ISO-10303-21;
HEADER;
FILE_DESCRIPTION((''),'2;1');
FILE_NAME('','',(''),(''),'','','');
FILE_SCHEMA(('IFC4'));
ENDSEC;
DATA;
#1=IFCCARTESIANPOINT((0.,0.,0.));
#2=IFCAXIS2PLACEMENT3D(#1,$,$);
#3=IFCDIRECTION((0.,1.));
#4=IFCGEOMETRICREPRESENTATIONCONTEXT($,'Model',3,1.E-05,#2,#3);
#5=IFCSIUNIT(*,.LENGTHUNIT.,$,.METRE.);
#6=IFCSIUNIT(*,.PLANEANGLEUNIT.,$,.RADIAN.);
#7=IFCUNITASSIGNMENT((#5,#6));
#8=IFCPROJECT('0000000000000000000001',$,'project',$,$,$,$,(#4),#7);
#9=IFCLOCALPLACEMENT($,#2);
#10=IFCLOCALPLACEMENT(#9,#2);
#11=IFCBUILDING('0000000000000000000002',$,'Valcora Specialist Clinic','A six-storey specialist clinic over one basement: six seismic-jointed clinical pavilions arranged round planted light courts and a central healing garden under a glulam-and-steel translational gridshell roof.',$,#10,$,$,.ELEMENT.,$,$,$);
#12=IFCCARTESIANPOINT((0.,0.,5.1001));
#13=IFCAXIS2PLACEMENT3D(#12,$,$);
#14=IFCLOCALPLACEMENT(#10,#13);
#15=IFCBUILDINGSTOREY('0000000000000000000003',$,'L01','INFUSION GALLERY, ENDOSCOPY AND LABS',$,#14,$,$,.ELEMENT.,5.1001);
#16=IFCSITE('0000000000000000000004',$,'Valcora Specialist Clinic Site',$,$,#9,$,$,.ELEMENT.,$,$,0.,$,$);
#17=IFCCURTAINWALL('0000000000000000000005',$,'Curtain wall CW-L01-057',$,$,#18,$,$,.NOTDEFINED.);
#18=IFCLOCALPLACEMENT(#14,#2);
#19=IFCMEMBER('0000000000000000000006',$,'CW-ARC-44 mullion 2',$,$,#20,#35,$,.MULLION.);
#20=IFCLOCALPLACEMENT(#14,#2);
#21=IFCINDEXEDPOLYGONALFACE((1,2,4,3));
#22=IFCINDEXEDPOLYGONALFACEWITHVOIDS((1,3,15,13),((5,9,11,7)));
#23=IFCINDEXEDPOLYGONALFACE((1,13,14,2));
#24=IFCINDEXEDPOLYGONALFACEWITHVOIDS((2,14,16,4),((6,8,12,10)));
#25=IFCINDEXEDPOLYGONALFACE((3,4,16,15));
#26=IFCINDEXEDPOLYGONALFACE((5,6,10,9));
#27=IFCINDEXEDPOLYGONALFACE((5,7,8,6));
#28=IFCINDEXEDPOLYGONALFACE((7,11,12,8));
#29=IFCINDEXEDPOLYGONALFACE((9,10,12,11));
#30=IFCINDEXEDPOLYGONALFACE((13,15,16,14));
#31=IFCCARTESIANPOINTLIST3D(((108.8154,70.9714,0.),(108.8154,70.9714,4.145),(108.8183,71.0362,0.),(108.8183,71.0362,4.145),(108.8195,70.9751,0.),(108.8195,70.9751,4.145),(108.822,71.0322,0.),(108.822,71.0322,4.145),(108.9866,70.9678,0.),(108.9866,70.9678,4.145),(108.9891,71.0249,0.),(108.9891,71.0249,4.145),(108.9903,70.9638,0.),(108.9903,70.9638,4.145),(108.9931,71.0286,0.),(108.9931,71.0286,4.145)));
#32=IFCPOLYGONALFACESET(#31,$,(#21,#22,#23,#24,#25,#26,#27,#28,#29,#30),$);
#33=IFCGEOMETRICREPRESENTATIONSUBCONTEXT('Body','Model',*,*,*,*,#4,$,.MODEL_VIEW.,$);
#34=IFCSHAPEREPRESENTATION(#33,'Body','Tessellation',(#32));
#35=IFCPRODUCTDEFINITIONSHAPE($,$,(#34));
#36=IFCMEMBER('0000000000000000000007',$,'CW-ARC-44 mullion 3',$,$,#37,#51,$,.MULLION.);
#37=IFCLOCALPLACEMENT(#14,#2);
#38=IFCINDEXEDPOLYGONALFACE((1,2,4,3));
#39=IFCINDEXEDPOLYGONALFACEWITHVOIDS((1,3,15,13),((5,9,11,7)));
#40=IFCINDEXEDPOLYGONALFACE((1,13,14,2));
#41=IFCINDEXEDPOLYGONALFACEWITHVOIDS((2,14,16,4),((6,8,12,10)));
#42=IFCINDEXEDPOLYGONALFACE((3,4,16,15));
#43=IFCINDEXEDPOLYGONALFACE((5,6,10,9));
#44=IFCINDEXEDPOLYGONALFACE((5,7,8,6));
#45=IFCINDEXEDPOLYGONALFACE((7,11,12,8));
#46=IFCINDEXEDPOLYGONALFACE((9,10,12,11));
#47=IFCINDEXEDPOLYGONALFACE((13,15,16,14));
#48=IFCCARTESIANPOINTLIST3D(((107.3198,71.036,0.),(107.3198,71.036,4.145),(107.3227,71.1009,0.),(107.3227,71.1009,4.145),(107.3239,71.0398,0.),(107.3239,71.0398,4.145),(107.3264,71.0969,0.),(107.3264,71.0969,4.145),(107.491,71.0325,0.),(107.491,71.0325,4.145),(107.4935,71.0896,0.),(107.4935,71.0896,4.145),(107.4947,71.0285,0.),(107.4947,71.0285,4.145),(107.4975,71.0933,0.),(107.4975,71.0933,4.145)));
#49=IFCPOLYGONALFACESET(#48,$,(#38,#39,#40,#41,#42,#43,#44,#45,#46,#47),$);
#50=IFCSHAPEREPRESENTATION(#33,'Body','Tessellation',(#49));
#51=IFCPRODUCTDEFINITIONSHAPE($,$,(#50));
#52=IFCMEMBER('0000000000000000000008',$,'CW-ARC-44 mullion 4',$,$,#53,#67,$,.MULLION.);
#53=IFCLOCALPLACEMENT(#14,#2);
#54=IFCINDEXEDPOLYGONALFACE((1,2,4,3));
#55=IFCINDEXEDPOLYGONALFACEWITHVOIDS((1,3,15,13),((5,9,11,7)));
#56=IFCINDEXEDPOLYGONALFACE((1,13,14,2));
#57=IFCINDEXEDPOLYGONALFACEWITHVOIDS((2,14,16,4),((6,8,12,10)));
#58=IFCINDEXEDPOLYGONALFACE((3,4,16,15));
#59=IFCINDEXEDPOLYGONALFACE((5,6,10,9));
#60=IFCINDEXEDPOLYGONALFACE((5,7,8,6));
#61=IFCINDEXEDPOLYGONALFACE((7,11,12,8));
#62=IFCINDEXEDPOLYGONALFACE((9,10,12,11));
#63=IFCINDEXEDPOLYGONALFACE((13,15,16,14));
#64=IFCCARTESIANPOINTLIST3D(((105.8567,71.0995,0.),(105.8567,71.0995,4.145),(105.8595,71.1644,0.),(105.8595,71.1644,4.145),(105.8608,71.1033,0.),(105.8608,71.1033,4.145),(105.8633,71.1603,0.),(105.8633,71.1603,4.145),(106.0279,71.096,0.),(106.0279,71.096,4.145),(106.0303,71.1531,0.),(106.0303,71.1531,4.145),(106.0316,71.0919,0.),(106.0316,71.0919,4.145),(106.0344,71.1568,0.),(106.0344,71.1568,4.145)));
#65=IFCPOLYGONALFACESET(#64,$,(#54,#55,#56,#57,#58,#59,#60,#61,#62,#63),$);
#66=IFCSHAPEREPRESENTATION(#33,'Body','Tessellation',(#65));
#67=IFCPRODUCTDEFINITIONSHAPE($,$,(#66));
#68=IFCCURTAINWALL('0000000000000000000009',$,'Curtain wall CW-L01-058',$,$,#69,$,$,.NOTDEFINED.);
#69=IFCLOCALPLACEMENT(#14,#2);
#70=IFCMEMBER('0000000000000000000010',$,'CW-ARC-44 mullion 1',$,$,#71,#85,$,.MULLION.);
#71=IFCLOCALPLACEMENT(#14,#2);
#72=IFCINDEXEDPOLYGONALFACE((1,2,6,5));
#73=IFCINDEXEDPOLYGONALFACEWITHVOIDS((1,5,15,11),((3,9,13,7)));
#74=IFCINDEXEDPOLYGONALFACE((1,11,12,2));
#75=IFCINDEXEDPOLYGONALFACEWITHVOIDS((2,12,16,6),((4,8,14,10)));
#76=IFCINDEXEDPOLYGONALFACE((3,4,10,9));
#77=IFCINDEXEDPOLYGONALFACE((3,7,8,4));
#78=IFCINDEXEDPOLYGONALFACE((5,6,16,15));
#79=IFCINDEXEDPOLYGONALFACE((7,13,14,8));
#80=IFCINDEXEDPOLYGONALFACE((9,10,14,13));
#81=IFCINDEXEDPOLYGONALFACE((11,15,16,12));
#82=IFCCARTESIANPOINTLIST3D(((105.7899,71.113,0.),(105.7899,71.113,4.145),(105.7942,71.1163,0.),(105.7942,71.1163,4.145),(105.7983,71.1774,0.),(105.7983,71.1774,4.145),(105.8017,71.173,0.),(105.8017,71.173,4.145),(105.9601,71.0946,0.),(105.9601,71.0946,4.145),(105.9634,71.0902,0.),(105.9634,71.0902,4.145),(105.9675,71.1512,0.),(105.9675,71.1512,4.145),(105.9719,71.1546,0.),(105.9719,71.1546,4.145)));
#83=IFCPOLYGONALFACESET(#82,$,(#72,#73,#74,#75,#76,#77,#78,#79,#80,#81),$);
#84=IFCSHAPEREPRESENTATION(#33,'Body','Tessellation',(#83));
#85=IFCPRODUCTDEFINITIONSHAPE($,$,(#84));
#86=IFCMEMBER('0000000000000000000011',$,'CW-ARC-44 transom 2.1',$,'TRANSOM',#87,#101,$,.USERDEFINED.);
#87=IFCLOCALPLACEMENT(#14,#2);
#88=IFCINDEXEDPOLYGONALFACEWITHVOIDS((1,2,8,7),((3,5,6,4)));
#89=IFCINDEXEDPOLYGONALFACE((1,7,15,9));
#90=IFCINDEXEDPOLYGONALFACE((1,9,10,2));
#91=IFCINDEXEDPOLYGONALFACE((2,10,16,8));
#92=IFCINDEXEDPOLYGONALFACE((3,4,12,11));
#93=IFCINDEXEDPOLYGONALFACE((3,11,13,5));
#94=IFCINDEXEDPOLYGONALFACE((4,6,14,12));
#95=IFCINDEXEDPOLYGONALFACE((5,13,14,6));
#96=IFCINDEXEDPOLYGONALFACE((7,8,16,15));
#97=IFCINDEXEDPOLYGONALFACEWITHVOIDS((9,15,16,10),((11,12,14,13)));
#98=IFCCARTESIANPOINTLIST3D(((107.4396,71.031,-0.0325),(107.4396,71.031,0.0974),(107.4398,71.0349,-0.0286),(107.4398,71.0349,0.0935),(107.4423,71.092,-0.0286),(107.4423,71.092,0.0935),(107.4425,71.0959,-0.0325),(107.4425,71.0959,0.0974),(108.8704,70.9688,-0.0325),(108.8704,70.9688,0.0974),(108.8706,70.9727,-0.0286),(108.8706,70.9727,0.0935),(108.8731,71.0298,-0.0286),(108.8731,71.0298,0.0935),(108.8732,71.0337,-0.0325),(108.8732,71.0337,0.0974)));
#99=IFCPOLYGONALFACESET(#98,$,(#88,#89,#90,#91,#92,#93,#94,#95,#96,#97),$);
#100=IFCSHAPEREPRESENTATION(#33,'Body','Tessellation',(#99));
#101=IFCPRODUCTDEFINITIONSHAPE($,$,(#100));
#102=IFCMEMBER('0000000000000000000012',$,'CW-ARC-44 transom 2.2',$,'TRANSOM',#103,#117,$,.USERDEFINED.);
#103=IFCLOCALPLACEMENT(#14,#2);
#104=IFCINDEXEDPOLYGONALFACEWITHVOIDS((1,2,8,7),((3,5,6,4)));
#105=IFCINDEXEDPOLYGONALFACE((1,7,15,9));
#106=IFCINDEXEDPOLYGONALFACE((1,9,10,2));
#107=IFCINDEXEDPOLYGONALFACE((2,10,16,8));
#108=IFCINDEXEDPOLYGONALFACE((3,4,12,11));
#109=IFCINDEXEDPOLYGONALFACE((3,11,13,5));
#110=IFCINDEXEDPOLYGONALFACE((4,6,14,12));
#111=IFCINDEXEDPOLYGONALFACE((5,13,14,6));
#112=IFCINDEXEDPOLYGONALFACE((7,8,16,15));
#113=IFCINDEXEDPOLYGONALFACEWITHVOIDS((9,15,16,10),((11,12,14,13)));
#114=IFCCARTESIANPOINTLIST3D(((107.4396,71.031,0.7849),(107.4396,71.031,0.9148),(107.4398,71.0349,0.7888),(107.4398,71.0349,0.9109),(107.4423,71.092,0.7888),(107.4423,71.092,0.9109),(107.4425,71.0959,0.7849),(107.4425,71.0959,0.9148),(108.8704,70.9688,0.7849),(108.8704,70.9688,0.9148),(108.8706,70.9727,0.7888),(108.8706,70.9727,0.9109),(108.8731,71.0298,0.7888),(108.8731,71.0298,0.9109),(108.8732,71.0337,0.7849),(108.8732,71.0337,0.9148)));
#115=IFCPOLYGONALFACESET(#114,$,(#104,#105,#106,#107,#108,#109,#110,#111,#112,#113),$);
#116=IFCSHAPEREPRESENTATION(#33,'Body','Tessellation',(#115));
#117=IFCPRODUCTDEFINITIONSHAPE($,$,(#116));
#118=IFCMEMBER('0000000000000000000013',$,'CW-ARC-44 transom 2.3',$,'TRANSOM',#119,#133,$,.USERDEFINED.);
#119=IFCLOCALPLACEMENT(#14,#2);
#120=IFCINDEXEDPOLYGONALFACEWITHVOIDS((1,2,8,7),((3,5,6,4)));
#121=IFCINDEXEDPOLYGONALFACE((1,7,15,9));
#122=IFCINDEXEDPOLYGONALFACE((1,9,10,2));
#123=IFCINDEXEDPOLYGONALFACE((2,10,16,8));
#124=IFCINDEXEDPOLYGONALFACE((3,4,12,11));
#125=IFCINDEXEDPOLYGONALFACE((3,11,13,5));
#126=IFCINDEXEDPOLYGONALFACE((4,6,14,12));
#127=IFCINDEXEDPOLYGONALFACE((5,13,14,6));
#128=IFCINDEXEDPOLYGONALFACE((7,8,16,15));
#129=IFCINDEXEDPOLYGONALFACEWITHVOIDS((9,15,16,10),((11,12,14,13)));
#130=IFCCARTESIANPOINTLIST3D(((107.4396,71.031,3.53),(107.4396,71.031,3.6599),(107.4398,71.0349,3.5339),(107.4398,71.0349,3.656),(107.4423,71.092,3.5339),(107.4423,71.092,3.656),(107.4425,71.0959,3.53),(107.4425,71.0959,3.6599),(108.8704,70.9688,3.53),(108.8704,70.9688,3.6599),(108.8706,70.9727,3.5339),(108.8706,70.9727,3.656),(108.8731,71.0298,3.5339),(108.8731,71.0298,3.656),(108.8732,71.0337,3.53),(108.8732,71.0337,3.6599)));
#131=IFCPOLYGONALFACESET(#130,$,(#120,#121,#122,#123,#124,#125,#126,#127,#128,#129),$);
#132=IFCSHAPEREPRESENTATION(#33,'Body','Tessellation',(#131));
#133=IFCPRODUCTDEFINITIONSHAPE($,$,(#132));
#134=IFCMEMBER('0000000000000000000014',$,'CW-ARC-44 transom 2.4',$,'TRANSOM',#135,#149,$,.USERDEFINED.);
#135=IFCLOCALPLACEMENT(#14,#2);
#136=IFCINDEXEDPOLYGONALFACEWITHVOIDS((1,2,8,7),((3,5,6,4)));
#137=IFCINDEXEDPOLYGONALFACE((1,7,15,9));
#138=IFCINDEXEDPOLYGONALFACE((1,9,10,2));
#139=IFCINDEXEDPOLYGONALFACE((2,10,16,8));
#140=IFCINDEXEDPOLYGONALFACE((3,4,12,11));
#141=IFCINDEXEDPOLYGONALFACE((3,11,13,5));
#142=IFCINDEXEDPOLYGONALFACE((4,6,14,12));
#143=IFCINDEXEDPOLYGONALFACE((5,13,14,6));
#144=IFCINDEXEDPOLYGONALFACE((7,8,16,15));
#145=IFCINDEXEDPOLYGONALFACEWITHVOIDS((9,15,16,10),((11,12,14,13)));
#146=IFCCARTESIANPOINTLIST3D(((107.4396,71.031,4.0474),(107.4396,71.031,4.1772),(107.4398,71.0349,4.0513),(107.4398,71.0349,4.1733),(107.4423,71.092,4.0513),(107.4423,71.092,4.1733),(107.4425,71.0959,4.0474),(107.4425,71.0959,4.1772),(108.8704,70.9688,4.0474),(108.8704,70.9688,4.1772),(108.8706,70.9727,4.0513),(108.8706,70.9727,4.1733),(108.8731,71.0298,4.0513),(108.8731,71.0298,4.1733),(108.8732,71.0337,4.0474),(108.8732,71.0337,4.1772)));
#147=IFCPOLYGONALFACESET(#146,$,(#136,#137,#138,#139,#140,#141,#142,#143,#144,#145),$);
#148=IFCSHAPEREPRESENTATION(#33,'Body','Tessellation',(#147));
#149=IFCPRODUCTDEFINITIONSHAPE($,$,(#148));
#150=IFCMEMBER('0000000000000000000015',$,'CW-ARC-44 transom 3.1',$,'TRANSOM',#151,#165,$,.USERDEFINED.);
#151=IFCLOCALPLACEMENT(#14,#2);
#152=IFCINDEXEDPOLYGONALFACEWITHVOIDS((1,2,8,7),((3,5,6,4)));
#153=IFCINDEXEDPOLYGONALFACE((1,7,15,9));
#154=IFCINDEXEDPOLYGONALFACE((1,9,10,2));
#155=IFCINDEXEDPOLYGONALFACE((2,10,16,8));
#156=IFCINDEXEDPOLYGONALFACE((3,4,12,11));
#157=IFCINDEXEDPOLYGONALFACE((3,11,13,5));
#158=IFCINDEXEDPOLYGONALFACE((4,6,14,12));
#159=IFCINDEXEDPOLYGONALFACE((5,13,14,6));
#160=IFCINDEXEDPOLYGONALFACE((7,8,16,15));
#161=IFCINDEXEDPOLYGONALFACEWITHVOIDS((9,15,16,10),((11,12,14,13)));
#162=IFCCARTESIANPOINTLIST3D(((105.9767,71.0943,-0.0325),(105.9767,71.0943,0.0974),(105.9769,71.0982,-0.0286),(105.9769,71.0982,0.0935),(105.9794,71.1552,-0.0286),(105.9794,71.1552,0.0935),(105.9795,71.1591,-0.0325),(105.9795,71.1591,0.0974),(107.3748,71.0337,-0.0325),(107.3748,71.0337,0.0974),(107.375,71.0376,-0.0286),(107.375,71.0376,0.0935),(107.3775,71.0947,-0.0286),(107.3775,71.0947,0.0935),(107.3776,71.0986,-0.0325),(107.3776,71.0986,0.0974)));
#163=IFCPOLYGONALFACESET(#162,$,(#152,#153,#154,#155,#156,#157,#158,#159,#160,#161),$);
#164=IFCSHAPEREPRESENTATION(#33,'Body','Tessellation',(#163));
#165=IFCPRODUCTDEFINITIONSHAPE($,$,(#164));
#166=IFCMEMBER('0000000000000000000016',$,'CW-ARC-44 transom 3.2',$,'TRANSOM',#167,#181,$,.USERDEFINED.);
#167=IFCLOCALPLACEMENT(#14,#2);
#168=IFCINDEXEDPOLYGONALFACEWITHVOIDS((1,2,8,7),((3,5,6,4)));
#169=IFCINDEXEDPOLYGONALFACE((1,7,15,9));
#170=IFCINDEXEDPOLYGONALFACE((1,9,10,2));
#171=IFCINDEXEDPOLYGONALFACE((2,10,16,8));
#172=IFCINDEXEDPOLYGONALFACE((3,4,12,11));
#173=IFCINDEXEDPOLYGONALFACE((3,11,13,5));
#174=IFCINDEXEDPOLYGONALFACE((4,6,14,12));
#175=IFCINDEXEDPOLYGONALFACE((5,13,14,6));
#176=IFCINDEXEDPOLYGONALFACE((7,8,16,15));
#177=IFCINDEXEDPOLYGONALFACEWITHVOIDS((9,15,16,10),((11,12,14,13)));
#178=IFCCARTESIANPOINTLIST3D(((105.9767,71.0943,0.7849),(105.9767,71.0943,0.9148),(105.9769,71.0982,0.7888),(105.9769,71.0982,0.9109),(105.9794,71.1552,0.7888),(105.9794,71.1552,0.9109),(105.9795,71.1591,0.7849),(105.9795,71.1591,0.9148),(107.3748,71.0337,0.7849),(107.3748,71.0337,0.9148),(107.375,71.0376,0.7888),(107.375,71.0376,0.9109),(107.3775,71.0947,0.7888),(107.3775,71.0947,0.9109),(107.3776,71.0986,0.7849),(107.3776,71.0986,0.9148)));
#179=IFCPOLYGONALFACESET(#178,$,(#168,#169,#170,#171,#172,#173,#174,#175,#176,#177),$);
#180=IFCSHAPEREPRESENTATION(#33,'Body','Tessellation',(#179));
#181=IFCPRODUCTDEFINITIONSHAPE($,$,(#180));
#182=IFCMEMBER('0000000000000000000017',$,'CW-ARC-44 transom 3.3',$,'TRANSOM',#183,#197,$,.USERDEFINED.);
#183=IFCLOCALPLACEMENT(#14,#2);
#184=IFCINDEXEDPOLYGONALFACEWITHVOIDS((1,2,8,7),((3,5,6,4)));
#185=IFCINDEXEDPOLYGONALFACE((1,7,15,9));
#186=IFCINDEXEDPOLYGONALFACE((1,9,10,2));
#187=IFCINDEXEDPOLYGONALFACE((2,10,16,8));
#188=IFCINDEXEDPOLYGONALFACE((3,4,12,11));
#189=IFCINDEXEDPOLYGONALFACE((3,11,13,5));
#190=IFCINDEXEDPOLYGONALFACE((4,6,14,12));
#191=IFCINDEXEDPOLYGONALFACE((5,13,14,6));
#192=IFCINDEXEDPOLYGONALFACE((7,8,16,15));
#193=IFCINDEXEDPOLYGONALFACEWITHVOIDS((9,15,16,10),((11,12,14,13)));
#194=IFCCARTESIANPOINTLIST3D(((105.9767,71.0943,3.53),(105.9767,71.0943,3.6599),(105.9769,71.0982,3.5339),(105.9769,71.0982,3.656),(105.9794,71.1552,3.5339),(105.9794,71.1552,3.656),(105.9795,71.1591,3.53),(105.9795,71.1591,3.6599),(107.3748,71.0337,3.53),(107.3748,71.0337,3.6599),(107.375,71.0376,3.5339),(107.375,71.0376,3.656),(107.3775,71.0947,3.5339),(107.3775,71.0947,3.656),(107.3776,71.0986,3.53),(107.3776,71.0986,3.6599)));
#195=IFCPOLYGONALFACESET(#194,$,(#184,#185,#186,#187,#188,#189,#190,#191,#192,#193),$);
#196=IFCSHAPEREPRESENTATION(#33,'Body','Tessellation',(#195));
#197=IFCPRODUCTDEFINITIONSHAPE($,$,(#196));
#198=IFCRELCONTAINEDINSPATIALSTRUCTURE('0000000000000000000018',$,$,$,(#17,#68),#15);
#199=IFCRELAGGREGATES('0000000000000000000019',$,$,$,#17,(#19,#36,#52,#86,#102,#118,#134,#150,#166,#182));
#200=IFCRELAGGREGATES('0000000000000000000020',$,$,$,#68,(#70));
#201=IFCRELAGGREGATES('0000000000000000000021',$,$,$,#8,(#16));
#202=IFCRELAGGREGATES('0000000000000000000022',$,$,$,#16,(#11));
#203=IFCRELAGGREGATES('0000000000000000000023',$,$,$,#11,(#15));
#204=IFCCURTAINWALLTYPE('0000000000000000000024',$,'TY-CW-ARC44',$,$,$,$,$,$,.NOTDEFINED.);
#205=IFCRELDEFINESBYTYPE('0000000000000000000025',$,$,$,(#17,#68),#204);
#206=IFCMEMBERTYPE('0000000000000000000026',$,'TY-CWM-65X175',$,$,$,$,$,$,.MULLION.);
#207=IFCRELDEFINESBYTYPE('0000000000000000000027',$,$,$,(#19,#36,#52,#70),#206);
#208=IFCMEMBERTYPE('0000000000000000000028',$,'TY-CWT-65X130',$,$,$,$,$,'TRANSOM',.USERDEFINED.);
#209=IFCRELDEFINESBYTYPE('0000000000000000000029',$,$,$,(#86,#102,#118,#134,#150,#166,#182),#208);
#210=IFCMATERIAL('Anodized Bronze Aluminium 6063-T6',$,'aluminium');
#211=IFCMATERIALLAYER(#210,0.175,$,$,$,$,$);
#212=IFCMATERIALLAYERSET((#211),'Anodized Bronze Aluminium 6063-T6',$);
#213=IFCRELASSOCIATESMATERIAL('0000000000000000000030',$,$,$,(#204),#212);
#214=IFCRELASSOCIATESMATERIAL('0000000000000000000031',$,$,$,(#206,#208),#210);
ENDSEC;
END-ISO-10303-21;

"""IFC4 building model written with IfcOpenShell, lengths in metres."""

from ifc_helpers import new_model, si_unit, direction, frame, origin, origin_2d, place, context, subcontext, project, spatial, hollow_rectangle, extrude, material, layer, layer_set, material_profile, profile_set, type_object, element, aggregate, save


model = new_model("IFC4")

# Units and contexts
model_context = context("Model", 3, precision=1e-05, world=origin(), true_north=direction((0.0, 1.0)))
body_context = subcontext(model_context, "Body", "Model", "MODEL_VIEW")
ifc_project = project(units=[si_unit("LENGTHUNIT", "METRE"), si_unit("PLANEANGLEUNIT", "RADIAN")], contexts=[model_context])

# Site, building, storey
site_placement = place(None, origin())
site = spatial("IfcSite", under=ifc_project, at=site_placement, Name="Valcora Specialist Clinic Site", CompositionType="ELEMENT", RefElevation=0.0)
building_placement = place(site_placement, origin())
building = spatial("IfcBuilding", under=site, at=building_placement, Name="Valcora Specialist Clinic", Description="A six-storey specialist clinic over one basement: six seismic-jointed clinical pavilions arranged round planted light courts and a central healing garden under a glulam-and-steel translational gridshell roof.", CompositionType="ELEMENT")
storey_placement = place(building_placement, frame((0.0, 0.0, 5.1001)))
storey = spatial("IfcBuildingStorey", under=building, at=storey_placement, Name="L01", Description="INFUSION GALLERY, ENDOSCOPY AND LABS", CompositionType="ELEMENT", Elevation=5.1001)

# Curtain wall, members
ifc_material_1 = material(Name="Anodized Bronze Aluminium 6063-T6", Category="aluminium")
ifc_layer_1 = layer(ifc_material_1, 0.175)
ifc_layer_set_1 = layer_set([ifc_layer_1], Name="Anodized Bronze Aluminium 6063-T6")
curtain_wall_type = type_object("IfcCurtainWallType", Name="TY-CW-ARC44", PredefinedType="NOTDEFINED", material=ifc_layer_set_1)
curtain_wall_1_placement = place(storey_placement, origin())
curtain_wall_1 = element("IfcCurtainWall", 1, at=curtain_wall_1_placement, inside=storey, type_object=curtain_wall_type, Name="Curtain wall CW-L01-057", PredefinedType="NOTDEFINED")
ifc_material_profile_1 = material_profile(ifc_material_1, hollow_rectangle(XDim=0.0649, YDim=0.175, WallThickness=0.0039, at=origin_2d()), Name="AL-MUL-65X175")
ifc_profile_set_1 = profile_set([ifc_material_profile_1], Name="Anodized Bronze Aluminium 6063-T6")
member_type_1 = type_object("IfcMemberType", Name="TY-CWM-65X175", PredefinedType="MULLION", material=ifc_profile_set_1)
member_1_placement = place(storey_placement, frame((108.9043, 71.0, 0.0), z_axis=(0.0, 0.0, 1.0), x_axis=(-0.043307, -0.999062, 0.0)))
member_1 = element("IfcMember", 2, at=member_1_placement, type_object=member_type_1, Name="CW-ARC-44 mullion 2", PredefinedType="MULLION", context=body_context, shape_type="SweptSolid", body=[
    extrude(hollow_rectangle(XDim=0.0649, YDim=0.175, WallThickness=0.0039, at=origin_2d()), origin(), (0.0, 0.0, 1.0), 4.145),
])
member_2_placement = place(storey_placement, frame((107.4087, 71.0647, 0.0), z_axis=(0.0, 0.0, 1.0), x_axis=(-0.043307, -0.999062, 0.0)))
member_2 = element("IfcMember", 3, at=member_2_placement, type_object=member_type_1, Name="CW-ARC-44 mullion 3", PredefinedType="MULLION", context=body_context, shape_type="SweptSolid", body=[
    extrude(hollow_rectangle(XDim=0.0649, YDim=0.175, WallThickness=0.0039, at=origin_2d()), origin(), (0.0, 0.0, 1.0), 4.145),
])
member_3_placement = place(storey_placement, frame((105.9456, 71.1282, 0.0), z_axis=(0.0, 0.0, 1.0), x_axis=(-0.043307, -0.999062, 0.0)))
member_3 = element("IfcMember", 4, at=member_3_placement, type_object=member_type_1, Name="CW-ARC-44 mullion 4", PredefinedType="MULLION", context=body_context, shape_type="SweptSolid", body=[
    extrude(hollow_rectangle(XDim=0.0649, YDim=0.175, WallThickness=0.0039, at=origin_2d()), origin(), (0.0, 0.0, 1.0), 4.145),
])

# Curtain wall, member
curtain_wall_2_placement = place(storey_placement, origin())
curtain_wall_2 = element("IfcCurtainWall", 5, at=curtain_wall_2_placement, inside=storey, type_object=curtain_wall_type, Name="Curtain wall CW-L01-058", PredefinedType="NOTDEFINED")
member_4_placement = place(storey_placement, frame((105.8809, 71.1338, 0.0), z_axis=(0.0, 0.0, 1.0), x_axis=(-0.129999, -0.991514, 0.0)))
member_4 = element("IfcMember", 6, at=member_4_placement, type_object=member_type_1, Name="CW-ARC-44 mullion 1", PredefinedType="MULLION", context=body_context, shape_type="SweptSolid", body=[
    extrude(hollow_rectangle(XDim=0.0649, YDim=0.175, WallThickness=0.0039, at=origin_2d()), origin(), (0.0, 0.0, 1.0), 4.145),
])

# Members
ifc_material_profile_2 = material_profile(ifc_material_1, hollow_rectangle(XDim=0.0649, YDim=0.1299, WallThickness=0.0039, at=origin_2d()), Name="AL-TRN-65X130")
ifc_profile_set_2 = profile_set([ifc_material_profile_2], Name="Anodized Bronze Aluminium 6063-T6")
member_type_2 = type_object("IfcMemberType", Name="TY-CWT-65X130", ElementType="TRANSOM", PredefinedType="USERDEFINED", material=ifc_profile_set_2)
member_5_placement = place(storey_placement, frame((108.8718, 71.0012, 0.0325), z_axis=(-0.999055, 0.043474, 0.0), x_axis=(-0.043474, -0.999055, 0.0)))
member_5 = element("IfcMember", 7, at=member_5_placement, type_object=member_type_2, Name="CW-ARC-44 transom 2.1", ObjectType="TRANSOM", PredefinedType="USERDEFINED", context=body_context, shape_type="SweptSolid", body=[
    extrude(hollow_rectangle(XDim=0.0649, YDim=0.1299, WallThickness=0.0039, at=origin_2d()), origin(), (0.0, 0.0, 1.0), 1.4321),
])
member_6_placement = place(storey_placement, frame((108.8718, 71.0012, 0.8499), z_axis=(-0.999055, 0.043474, 0.0), x_axis=(-0.043474, -0.999055, 0.0)))
member_6 = element("IfcMember", 8, at=member_6_placement, type_object=member_type_2, Name="CW-ARC-44 transom 2.2", ObjectType="TRANSOM", PredefinedType="USERDEFINED", context=body_context, shape_type="SweptSolid", body=[
    extrude(hollow_rectangle(XDim=0.0649, YDim=0.1299, WallThickness=0.0039, at=origin_2d()), origin(), (0.0, 0.0, 1.0), 1.4321),
])
member_7_placement = place(storey_placement, frame((108.8718, 71.0012, 3.595), z_axis=(-0.999055, 0.043474, 0.0), x_axis=(-0.043474, -0.999055, 0.0)))
member_7 = element("IfcMember", 9, at=member_7_placement, type_object=member_type_2, Name="CW-ARC-44 transom 2.3", ObjectType="TRANSOM", PredefinedType="USERDEFINED", context=body_context, shape_type="SweptSolid", body=[
    extrude(hollow_rectangle(XDim=0.0649, YDim=0.1299, WallThickness=0.0039, at=origin_2d()), origin(), (0.0, 0.0, 1.0), 1.4321),
])
member_8_placement = place(storey_placement, frame((108.8718, 71.0012, 4.1123), z_axis=(-0.999055, 0.043474, 0.0), x_axis=(-0.043474, -0.999055, 0.0)))
member_8 = element("IfcMember", 10, at=member_8_placement, type_object=member_type_2, Name="CW-ARC-44 transom 2.4", ObjectType="TRANSOM", PredefinedType="USERDEFINED", context=body_context, shape_type="SweptSolid", body=[
    extrude(hollow_rectangle(XDim=0.0649, YDim=0.1299, WallThickness=0.0039, at=origin_2d()), origin(), (0.0, 0.0, 1.0), 1.4321),
])
member_9_placement = place(storey_placement, frame((107.3762, 71.0662, 0.0325), z_axis=(-0.999064, 0.043263, 0.0), x_axis=(-0.043263, -0.999064, 0.0)))
member_9 = element("IfcMember", 11, at=member_9_placement, type_object=member_type_2, Name="CW-ARC-44 transom 3.1", ObjectType="TRANSOM", PredefinedType="USERDEFINED", context=body_context, shape_type="SweptSolid", body=[
    extrude(hollow_rectangle(XDim=0.0649, YDim=0.1299, WallThickness=0.0039, at=origin_2d()), origin(), (0.0, 0.0, 1.0), 1.3994),
])
member_10_placement = place(storey_placement, frame((107.3762, 71.0662, 0.8499), z_axis=(-0.999064, 0.043263, 0.0), x_axis=(-0.043263, -0.999064, 0.0)))
member_10 = element("IfcMember", 12, at=member_10_placement, type_object=member_type_2, Name="CW-ARC-44 transom 3.2", ObjectType="TRANSOM", PredefinedType="USERDEFINED", context=body_context, shape_type="SweptSolid", body=[
    extrude(hollow_rectangle(XDim=0.0649, YDim=0.1299, WallThickness=0.0039, at=origin_2d()), origin(), (0.0, 0.0, 1.0), 1.3994),
])
member_11_placement = place(storey_placement, frame((107.3762, 71.0662, 3.595), z_axis=(-0.999064, 0.043263, 0.0), x_axis=(-0.043263, -0.999064, 0.0)))
member_11 = element("IfcMember", 13, at=member_11_placement, type_object=member_type_2, Name="CW-ARC-44 transom 3.3", ObjectType="TRANSOM", PredefinedType="USERDEFINED", context=body_context, shape_type="SweptSolid", body=[
    extrude(hollow_rectangle(XDim=0.0649, YDim=0.1299, WallThickness=0.0039, at=origin_2d()), origin(), (0.0, 0.0, 1.0), 1.3994),
])

aggregate(curtain_wall_1, [member_1, member_2, member_3, member_5, member_6, member_7, member_8, member_9, member_10, member_11])
aggregate(curtain_wall_2, [member_4])

save(model, "model.ifc")
